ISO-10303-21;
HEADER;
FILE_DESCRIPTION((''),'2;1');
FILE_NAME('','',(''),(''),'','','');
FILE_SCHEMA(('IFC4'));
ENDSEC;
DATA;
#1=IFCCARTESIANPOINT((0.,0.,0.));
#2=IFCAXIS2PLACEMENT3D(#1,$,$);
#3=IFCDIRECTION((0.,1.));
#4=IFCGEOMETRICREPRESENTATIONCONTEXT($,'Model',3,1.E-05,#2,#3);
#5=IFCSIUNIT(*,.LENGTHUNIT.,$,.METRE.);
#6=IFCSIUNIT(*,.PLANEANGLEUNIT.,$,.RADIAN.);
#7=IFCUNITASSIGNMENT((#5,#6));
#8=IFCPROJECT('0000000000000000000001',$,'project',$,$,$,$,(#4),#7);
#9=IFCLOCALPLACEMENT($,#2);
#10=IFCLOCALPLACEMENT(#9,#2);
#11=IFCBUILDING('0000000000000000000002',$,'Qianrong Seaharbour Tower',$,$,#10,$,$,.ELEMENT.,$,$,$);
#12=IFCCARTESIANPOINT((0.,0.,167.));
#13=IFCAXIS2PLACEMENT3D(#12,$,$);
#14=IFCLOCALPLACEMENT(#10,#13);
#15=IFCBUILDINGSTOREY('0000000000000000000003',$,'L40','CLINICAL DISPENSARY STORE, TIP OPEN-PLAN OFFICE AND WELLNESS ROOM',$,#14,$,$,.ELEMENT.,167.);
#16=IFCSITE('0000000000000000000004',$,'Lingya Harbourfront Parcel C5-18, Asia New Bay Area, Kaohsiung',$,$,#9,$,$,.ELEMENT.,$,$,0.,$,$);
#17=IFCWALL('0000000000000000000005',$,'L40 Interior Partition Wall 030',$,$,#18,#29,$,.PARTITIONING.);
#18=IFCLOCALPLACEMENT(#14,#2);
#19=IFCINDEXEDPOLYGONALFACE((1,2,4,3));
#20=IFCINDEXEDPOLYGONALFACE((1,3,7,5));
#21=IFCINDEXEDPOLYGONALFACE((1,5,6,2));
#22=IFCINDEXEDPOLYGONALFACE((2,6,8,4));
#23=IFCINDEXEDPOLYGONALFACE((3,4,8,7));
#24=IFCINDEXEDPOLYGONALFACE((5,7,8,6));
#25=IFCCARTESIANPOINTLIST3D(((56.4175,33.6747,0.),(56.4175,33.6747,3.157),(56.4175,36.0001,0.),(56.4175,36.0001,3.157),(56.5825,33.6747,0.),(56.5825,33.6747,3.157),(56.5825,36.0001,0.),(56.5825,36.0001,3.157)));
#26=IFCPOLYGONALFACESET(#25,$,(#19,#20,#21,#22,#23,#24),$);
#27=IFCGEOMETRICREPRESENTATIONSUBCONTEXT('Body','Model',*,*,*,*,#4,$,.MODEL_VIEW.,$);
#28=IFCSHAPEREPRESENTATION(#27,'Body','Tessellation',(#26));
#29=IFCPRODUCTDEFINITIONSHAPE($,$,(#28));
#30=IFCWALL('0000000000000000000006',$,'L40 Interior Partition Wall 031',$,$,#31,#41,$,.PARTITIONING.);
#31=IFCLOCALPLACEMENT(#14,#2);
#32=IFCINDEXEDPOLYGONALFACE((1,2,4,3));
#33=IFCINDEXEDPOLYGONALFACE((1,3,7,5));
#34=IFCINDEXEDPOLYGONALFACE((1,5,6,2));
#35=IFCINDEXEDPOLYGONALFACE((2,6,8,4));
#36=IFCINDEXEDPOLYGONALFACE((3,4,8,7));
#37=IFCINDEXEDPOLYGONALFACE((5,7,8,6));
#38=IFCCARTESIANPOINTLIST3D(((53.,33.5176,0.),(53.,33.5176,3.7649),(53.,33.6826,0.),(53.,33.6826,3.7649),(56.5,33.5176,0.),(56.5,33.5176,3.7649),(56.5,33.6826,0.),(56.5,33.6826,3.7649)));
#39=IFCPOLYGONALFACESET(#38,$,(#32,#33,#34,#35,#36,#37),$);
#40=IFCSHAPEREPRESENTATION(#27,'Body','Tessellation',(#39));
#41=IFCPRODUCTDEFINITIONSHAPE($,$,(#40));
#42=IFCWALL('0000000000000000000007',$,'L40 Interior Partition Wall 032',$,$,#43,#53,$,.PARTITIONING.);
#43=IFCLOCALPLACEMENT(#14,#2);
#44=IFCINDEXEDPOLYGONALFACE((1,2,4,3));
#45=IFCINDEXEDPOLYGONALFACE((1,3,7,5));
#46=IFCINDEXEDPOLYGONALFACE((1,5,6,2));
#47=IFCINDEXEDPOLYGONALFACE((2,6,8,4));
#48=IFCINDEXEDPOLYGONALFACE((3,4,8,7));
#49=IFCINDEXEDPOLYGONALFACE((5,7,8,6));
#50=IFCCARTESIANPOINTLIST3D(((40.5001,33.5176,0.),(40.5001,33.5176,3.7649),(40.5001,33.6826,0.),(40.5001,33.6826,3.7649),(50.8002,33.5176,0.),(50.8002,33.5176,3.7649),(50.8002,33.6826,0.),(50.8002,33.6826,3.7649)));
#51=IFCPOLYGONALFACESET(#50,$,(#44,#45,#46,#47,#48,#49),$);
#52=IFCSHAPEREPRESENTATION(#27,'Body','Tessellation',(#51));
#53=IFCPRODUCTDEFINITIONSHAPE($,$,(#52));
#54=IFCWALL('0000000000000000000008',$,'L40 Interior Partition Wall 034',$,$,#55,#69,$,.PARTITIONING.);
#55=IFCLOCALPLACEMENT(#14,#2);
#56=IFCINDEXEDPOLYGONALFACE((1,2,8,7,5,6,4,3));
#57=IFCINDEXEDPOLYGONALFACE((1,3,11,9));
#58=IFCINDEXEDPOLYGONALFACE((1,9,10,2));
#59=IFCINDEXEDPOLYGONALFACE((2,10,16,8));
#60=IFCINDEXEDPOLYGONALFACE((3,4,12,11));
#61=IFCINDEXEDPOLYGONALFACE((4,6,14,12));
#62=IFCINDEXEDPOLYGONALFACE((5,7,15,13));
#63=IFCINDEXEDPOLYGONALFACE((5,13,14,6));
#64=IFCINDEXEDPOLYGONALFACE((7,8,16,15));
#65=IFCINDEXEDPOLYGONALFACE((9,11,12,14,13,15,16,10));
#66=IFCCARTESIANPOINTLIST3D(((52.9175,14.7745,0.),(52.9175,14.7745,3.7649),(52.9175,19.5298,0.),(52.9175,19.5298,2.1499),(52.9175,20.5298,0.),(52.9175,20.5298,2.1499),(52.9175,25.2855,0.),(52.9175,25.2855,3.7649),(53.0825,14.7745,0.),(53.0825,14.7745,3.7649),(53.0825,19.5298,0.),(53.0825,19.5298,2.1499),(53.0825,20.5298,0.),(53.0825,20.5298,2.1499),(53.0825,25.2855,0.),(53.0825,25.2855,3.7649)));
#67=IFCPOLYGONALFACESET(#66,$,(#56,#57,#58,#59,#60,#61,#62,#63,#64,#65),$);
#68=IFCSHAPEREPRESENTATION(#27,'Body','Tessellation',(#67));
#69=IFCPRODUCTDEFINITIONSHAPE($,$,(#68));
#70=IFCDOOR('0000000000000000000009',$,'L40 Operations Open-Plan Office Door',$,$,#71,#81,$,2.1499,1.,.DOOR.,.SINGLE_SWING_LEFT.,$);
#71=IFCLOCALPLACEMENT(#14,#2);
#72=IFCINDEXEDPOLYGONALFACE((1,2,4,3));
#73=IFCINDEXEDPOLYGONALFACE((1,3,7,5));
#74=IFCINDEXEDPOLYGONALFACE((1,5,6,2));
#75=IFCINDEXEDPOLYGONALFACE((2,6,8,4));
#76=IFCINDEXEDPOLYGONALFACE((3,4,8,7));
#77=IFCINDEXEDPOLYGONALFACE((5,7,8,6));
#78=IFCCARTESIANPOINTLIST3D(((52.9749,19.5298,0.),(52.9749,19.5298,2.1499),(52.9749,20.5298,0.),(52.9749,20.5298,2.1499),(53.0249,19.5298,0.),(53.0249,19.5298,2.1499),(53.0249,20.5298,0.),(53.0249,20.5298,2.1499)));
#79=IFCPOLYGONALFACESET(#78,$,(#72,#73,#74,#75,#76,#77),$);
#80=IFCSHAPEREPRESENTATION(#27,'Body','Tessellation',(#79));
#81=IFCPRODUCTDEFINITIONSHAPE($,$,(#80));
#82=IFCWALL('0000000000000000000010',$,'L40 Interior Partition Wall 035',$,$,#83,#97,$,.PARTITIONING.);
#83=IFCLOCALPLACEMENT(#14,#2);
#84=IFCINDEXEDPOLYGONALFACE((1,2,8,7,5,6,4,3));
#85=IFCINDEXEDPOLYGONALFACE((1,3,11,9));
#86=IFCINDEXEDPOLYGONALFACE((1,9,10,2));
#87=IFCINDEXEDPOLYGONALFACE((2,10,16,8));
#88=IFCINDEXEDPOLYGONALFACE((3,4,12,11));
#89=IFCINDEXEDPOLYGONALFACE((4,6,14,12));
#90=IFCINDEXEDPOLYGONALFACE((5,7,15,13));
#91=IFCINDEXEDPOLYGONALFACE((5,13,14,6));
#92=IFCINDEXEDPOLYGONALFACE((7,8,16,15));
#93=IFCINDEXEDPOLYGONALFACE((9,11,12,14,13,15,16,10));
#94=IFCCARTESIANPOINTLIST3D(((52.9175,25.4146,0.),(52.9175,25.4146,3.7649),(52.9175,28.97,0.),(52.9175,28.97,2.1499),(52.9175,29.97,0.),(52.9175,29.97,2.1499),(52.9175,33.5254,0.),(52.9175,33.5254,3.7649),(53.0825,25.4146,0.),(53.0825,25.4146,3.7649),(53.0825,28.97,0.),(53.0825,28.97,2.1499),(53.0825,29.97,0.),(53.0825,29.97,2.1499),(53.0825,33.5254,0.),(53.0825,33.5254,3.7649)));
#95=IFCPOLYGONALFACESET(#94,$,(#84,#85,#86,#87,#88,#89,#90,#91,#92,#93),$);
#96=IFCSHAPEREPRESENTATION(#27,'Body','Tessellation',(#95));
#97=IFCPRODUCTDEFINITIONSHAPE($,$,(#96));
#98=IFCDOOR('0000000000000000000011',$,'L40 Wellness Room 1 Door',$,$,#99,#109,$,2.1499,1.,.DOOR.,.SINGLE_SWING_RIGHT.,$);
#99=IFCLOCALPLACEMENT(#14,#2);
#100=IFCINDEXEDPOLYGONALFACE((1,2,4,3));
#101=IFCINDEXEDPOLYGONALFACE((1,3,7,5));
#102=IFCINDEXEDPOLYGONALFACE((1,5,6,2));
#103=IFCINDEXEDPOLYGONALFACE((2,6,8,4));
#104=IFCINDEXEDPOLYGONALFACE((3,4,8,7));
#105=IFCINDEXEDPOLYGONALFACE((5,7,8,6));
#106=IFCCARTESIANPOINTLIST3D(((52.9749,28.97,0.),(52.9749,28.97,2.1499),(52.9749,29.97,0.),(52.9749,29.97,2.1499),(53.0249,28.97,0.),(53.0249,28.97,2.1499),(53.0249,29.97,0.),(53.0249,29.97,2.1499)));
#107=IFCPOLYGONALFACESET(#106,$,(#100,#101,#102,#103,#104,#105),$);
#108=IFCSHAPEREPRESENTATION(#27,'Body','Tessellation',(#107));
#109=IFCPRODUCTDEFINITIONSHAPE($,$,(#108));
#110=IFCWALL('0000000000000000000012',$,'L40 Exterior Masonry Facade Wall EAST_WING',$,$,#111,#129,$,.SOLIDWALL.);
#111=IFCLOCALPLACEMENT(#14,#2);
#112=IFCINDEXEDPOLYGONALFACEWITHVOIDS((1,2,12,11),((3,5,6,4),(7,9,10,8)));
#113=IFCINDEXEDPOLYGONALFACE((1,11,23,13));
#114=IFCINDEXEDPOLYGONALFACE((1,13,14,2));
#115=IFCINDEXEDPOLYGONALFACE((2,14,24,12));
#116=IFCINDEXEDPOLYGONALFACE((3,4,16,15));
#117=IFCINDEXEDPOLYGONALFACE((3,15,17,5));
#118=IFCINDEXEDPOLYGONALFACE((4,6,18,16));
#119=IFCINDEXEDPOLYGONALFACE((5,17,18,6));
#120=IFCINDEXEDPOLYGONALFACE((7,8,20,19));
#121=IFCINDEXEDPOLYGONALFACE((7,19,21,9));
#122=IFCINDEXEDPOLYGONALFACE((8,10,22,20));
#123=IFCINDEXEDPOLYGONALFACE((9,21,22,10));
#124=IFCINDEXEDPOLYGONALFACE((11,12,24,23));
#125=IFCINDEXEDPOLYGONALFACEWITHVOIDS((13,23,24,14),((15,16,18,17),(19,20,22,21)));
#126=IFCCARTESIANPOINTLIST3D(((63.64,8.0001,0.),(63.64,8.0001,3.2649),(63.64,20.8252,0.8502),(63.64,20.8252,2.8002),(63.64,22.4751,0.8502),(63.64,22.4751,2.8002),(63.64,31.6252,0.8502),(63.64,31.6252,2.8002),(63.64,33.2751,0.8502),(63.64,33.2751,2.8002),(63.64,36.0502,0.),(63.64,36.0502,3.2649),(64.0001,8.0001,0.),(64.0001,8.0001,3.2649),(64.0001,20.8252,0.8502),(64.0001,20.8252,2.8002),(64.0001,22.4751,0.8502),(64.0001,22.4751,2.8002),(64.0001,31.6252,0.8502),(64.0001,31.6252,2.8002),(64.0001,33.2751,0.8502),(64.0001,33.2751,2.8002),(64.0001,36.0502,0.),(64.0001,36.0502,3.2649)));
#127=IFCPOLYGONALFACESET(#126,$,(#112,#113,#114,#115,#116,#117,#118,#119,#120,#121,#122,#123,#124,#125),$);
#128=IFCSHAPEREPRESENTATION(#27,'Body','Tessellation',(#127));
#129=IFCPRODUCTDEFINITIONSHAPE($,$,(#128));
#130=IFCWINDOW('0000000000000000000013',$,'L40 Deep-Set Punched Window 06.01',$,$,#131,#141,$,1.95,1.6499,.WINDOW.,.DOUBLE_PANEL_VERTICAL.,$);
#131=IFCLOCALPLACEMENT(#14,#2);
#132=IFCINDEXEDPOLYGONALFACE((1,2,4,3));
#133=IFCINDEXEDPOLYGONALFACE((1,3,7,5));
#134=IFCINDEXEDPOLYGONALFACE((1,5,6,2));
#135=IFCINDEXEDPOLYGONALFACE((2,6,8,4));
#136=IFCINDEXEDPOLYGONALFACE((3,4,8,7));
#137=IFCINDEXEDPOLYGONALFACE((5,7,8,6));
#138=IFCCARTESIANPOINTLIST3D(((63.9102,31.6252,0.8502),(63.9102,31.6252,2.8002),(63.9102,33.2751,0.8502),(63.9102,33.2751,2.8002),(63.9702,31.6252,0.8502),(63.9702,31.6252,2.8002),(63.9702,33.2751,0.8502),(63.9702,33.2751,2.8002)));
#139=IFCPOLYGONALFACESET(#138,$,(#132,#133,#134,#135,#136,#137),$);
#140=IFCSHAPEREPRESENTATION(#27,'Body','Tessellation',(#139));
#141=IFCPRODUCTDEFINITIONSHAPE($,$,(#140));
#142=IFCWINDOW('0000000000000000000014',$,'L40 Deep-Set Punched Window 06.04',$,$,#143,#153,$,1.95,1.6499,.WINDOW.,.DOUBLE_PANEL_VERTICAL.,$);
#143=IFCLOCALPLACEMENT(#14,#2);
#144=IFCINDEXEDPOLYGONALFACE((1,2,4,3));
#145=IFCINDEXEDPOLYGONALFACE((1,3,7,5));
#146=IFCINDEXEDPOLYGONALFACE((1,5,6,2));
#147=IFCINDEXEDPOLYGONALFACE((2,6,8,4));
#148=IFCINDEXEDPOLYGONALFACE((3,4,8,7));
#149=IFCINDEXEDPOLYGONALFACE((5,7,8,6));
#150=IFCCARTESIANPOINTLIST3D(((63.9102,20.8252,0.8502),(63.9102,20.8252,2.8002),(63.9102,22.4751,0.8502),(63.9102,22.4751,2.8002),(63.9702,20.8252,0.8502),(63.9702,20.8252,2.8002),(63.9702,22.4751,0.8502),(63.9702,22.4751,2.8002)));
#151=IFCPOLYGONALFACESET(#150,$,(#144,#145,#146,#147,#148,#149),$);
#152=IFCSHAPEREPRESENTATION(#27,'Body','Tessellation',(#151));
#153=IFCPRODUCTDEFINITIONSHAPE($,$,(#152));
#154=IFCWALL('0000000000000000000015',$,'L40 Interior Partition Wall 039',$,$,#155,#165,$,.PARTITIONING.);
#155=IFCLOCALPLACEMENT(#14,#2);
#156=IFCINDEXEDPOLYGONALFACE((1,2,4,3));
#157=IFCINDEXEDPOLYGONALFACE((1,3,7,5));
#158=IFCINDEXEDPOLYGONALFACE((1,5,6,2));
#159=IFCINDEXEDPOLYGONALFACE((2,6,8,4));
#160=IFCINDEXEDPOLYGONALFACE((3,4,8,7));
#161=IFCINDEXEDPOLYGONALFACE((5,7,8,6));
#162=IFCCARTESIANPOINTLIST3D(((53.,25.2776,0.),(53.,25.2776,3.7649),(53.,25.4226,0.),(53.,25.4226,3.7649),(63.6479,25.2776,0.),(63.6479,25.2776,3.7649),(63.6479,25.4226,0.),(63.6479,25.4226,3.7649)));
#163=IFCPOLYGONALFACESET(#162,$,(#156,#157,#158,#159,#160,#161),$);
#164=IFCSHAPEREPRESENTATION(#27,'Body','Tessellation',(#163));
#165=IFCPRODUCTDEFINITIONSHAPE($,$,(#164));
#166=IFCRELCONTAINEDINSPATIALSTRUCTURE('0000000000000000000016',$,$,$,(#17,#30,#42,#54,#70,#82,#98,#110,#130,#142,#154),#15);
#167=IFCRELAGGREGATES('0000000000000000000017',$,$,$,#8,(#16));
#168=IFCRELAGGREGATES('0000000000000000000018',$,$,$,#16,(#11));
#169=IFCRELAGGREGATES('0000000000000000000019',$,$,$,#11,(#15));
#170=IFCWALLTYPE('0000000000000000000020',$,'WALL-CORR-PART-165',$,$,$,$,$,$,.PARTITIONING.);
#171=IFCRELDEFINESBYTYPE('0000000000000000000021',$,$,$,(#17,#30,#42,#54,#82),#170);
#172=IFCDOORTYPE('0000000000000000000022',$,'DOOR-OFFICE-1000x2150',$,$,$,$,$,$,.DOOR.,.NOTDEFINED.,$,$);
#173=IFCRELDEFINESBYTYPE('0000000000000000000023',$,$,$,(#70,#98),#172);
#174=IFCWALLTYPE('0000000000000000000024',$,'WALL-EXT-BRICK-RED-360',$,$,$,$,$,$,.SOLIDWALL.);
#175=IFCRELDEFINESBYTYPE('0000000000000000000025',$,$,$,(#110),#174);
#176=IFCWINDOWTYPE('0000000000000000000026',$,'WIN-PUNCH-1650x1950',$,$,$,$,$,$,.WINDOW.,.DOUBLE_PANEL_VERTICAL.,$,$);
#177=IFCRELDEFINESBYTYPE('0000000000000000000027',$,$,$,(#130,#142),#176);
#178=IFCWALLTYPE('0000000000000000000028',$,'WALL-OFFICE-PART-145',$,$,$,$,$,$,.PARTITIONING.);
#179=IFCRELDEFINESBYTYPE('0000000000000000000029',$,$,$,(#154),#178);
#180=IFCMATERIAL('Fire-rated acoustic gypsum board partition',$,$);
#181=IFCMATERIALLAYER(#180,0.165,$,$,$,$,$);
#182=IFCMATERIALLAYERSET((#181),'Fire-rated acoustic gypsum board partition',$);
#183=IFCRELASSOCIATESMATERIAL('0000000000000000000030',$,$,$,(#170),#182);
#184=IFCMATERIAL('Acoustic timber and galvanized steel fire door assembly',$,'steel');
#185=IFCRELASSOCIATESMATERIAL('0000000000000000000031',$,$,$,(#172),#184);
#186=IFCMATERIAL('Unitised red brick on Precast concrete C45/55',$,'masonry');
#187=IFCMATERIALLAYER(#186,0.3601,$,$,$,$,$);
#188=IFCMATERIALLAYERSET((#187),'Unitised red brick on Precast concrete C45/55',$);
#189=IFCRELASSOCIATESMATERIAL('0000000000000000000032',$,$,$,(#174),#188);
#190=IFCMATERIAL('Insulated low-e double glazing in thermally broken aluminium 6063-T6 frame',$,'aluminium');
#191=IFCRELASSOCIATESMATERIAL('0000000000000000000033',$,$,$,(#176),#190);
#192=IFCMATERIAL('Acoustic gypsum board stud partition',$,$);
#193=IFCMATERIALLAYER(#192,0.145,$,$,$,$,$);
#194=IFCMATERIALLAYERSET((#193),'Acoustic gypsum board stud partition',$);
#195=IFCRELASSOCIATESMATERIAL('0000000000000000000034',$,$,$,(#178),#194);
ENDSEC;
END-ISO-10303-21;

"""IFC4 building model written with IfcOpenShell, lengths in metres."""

from ifc_helpers import new_model, si_unit, direction, frame, frame_2d, origin, place, context, subcontext, project, spatial, rectangle, extrude, material, layer, layer_set, type_object, element, fill, save


model = new_model("IFC4")

# Units and contexts
model_context = context("Model", 3, precision=1e-05, world=origin(), true_north=direction((0.0, 1.0)))
body_context = subcontext(model_context, "Body", "Model", "MODEL_VIEW")
ifc_project = project(units=[si_unit("LENGTHUNIT", "METRE"), si_unit("PLANEANGLEUNIT", "RADIAN")], contexts=[model_context])

# Site, building, storey
site_placement = place(None, origin())
site = spatial("IfcSite", under=ifc_project, at=site_placement, Name="Lingya Harbourfront Parcel C5-18, Asia New Bay Area, Kaohsiung", CompositionType="ELEMENT", RefElevation=0.0)
building_placement = place(site_placement, origin())
building = spatial("IfcBuilding", under=site, at=building_placement, Name="Qianrong Seaharbour Tower", CompositionType="ELEMENT")
storey_placement = place(building_placement, frame((0.0, 0.0, 167.0)))
storey = spatial("IfcBuildingStorey", under=building, at=storey_placement, Name="L40", Description="CLINICAL DISPENSARY STORE, TIP OPEN-PLAN OFFICE AND WELLNESS ROOM", CompositionType="ELEMENT", Elevation=167.0)

# Walls
ifc_material_1 = material(Name="Fire-rated acoustic gypsum board partition")
ifc_layer_1 = layer(ifc_material_1, 0.165)
ifc_layer_set_1 = layer_set([ifc_layer_1], Name="Fire-rated acoustic gypsum board partition")
wall_type_1 = type_object("IfcWallType", Name="WALL-CORR-PART-165", PredefinedType="PARTITIONING", material=ifc_layer_set_1)
wall_1_placement = place(storey_placement, frame((56.5, 36.0, 0.0), z_axis=(0.0, 0.0, 1.0), x_axis=(0.0, -1.0, 0.0)))
element("IfcWall", 1, at=wall_1_placement, inside=storey, type_object=wall_type_1, Name="L40 Interior Partition Wall 030", PredefinedType="PARTITIONING", context=body_context, shape_type="SweptSolid", body=[
    extrude(rectangle(XDim=2.3254, YDim=0.165, at=frame_2d((1.1626, 0.0))), origin(), (0.0, 0.0, 1.0), 3.157),
])
wall_2_placement = place(storey_placement, frame((56.5, 33.6001, 0.0), z_axis=(0.0, 0.0, 1.0), x_axis=(-1.0, 0.0, 0.0)))
element("IfcWall", 2, at=wall_2_placement, inside=storey, type_object=wall_type_1, Name="L40 Interior Partition Wall 031", PredefinedType="PARTITIONING", context=body_context, shape_type="SweptSolid", body=[
    extrude(rectangle(XDim=3.5, YDim=0.165, at=frame_2d((1.75, 0.0))), origin(), (0.0, 0.0, 1.0), 3.7649),
])
wall_3_placement = place(storey_placement, frame((50.8, 33.6001, 0.0), z_axis=(0.0, 0.0, 1.0), x_axis=(-1.0, 0.0, 0.0)))
element("IfcWall", 3, at=wall_3_placement, inside=storey, type_object=wall_type_1, Name="L40 Interior Partition Wall 032", PredefinedType="PARTITIONING", context=body_context, shape_type="SweptSolid", body=[
    extrude(rectangle(XDim=10.3, YDim=0.165, at=frame_2d((5.1499, 0.0))), origin(), (0.0, 0.0, 1.0), 3.7649),
])

# Walls, openings, doors
wall_4_placement = place(storey_placement, frame((53.0, 25.2854, 0.0), z_axis=(0.0, 0.0, 1.0), x_axis=(0.0, -1.0, 0.0)))
wall_4 = element("IfcWall", 4, at=wall_4_placement, inside=storey, type_object=wall_type_1, Name="L40 Interior Partition Wall 034", PredefinedType="PARTITIONING", context=body_context, shape_type="SweptSolid", body=[
    extrude(rectangle(XDim=10.511, YDim=0.165, at=frame_2d((5.2554, 0.0))), origin(), (0.0, 0.0, 1.0), 3.7649),
])
opening_1_placement = place(wall_4_placement, frame((4.7556, 0.0, 0.0)))
opening_1 = element("IfcOpeningElement", 5, at=opening_1_placement, cuts=wall_4, PredefinedType="OPENING", context=body_context, shape_type="SweptSolid", body=[
    extrude(rectangle(XDim=1.0, YDim=2.1499, at=frame_2d((0.5, 1.075))), frame((0.0, 0.0925, 0.0), z_axis=(0.0, -1.0, 0.0), x_axis=(1.0, 0.0, 0.0)), (0.0, 0.0, 1.0), 0.1851),
])
ifc_material_2 = material(Name="Acoustic timber and galvanized steel fire door assembly", Category="steel")
door_type = type_object("IfcDoorType", Name="DOOR-OFFICE-1000x2150", OperationType="NOTDEFINED", PredefinedType="DOOR", material=ifc_material_2)
door_1_placement = place(opening_1_placement, origin())
door_1 = element("IfcDoor", 6, at=door_1_placement, inside=storey, type_object=door_type, Name="L40 Operations Open-Plan Office Door", OperationType="SINGLE_SWING_LEFT", OverallHeight=2.1499, OverallWidth=1.0, PredefinedType="DOOR", context=body_context, shape_type="SweptSolid", body=[
    extrude(rectangle(XDim=1.0, YDim=2.1499, at=frame_2d((0.5, 1.075))), frame((0.0, 0.0249, 0.0), z_axis=(0.0, -1.0, 0.0), x_axis=(1.0, 0.0, 0.0)), (0.0, 0.0, 1.0), 0.05),
])
fill(opening_1, door_1)
wall_5_placement = place(storey_placement, frame((53.0, 33.5254, 0.0), z_axis=(0.0, 0.0, 1.0), x_axis=(0.0, -1.0, 0.0)))
wall_5 = element("IfcWall", 7, at=wall_5_placement, inside=storey, type_object=wall_type_1, Name="L40 Interior Partition Wall 035", PredefinedType="PARTITIONING", context=body_context, shape_type="SweptSolid", body=[
    extrude(rectangle(XDim=8.1108, YDim=0.165, at=frame_2d((4.0554, 0.0))), origin(), (0.0, 0.0, 1.0), 3.7649),
])
opening_2_placement = place(wall_5_placement, frame((3.5554, 0.0, 0.0)))
opening_2 = element("IfcOpeningElement", 8, at=opening_2_placement, cuts=wall_5, PredefinedType="OPENING", context=body_context, shape_type="SweptSolid", body=[
    extrude(rectangle(XDim=1.0, YDim=2.1499, at=frame_2d((0.5, 1.075))), frame((0.0, 0.0925, 0.0), z_axis=(0.0, -1.0, 0.0), x_axis=(1.0, 0.0, 0.0)), (0.0, 0.0, 1.0), 0.1851),
])
door_2_placement = place(opening_2_placement, origin())
door_2 = element("IfcDoor", 9, at=door_2_placement, inside=storey, type_object=door_type, Name="L40 Wellness Room 1 Door", OperationType="SINGLE_SWING_RIGHT", OverallHeight=2.1499, OverallWidth=1.0, PredefinedType="DOOR", context=body_context, shape_type="SweptSolid", body=[
    extrude(rectangle(XDim=1.0, YDim=2.1499, at=frame_2d((0.5, 1.075))), frame((0.0, 0.0249, 0.0), z_axis=(0.0, -1.0, 0.0), x_axis=(1.0, 0.0, 0.0)), (0.0, 0.0, 1.0), 0.05),
])
fill(opening_2, door_2)

# Wall, openings, windows
ifc_material_3 = material(Name="Unitised red brick on Precast concrete C45/55", Category="masonry")
ifc_layer_2 = layer(ifc_material_3, 0.3601)
ifc_layer_set_2 = layer_set([ifc_layer_2], Name="Unitised red brick on Precast concrete C45/55")
wall_type_2 = type_object("IfcWallType", Name="WALL-EXT-BRICK-RED-360", PredefinedType="SOLIDWALL", material=ifc_layer_set_2)
wall_6_placement = place(storey_placement, frame((63.8201, 36.05, 0.0), z_axis=(0.0, 0.0, 1.0), x_axis=(0.0, -1.0, 0.0)))
wall_6 = element("IfcWall", 10, at=wall_6_placement, inside=storey, type_object=wall_type_2, Name="L40 Exterior Masonry Facade Wall EAST_WING", PredefinedType="SOLIDWALL", context=body_context, shape_type="SweptSolid", body=[
    extrude(rectangle(XDim=28.05, YDim=0.3601, at=frame_2d((14.0249, 0.0))), origin(), (0.0, 0.0, 1.0), 3.2649),
])
opening_3_placement = place(wall_6_placement, frame((2.7749, 0.0, 0.8501)))
opening_3 = element("IfcOpeningElement", 11, at=opening_3_placement, cuts=wall_6, PredefinedType="OPENING", context=body_context, shape_type="SweptSolid", body=[
    extrude(rectangle(XDim=1.6499, YDim=1.95, at=frame_2d((0.825, 0.9751))), frame((0.0, 0.1899, 0.0), z_axis=(0.0, -1.0, 0.0), x_axis=(1.0, 0.0, 0.0)), (0.0, 0.0, 1.0), 0.3801),
])
opening_4_placement = place(wall_6_placement, frame((13.575, 0.0, 0.8501)))
opening_4 = element("IfcOpeningElement", 12, at=opening_4_placement, cuts=wall_6, PredefinedType="OPENING", context=body_context, shape_type="SweptSolid", body=[
    extrude(rectangle(XDim=1.6499, YDim=1.95, at=frame_2d((0.825, 0.9751))), frame((0.0, 0.1899, 0.0), z_axis=(0.0, -1.0, 0.0), x_axis=(1.0, 0.0, 0.0)), (0.0, 0.0, 1.0), 0.3801),
])
ifc_material_4 = material(Name="Insulated low-e double glazing in thermally broken aluminium 6063-T6 frame", Category="aluminium")
window_type = type_object("IfcWindowType", Name="WIN-PUNCH-1650x1950", PartitioningType="DOUBLE_PANEL_VERTICAL", PredefinedType="WINDOW", material=ifc_material_4)
window_1_placement = place(opening_3_placement, origin())
window_1 = element("IfcWindow", 13, at=window_1_placement, inside=storey, type_object=window_type, Name="L40 Deep-Set Punched Window 06.01", OverallHeight=1.95, OverallWidth=1.6499, PartitioningType="DOUBLE_PANEL_VERTICAL", PredefinedType="WINDOW", context=body_context, shape_type="SweptSolid", body=[
    extrude(rectangle(XDim=1.6499, YDim=1.95, at=frame_2d((0.825, 0.9751))), frame((0.0, 0.1501, 0.0), z_axis=(0.0, -1.0, 0.0), x_axis=(1.0, 0.0, 0.0)), (0.0, 0.0, 1.0), 0.0601),
])
fill(opening_3, window_1)
window_2_placement = place(opening_4_placement, origin())
window_2 = element("IfcWindow", 14, at=window_2_placement, inside=storey, type_object=window_type, Name="L40 Deep-Set Punched Window 06.04", OverallHeight=1.95, OverallWidth=1.6499, PartitioningType="DOUBLE_PANEL_VERTICAL", PredefinedType="WINDOW", context=body_context, shape_type="SweptSolid", body=[
    extrude(rectangle(XDim=1.6499, YDim=1.95, at=frame_2d((0.825, 0.9751))), frame((0.0, 0.1501, 0.0), z_axis=(0.0, -1.0, 0.0), x_axis=(1.0, 0.0, 0.0)), (0.0, 0.0, 1.0), 0.0601),
])
fill(opening_4, window_2)

# Wall
ifc_material_5 = material(Name="Acoustic gypsum board stud partition")
ifc_layer_3 = layer(ifc_material_5, 0.145)
ifc_layer_set_3 = layer_set([ifc_layer_3], Name="Acoustic gypsum board stud partition")
wall_type_3 = type_object("IfcWallType", Name="WALL-OFFICE-PART-145", PredefinedType="PARTITIONING", material=ifc_layer_set_3)
wall_7_placement = place(storey_placement, frame((53.0, 25.3501, 0.0), z_axis=(0.0, 0.0, 1.0), x_axis=(1.0, 0.0, 0.0)))
element("IfcWall", 15, at=wall_7_placement, inside=storey, type_object=wall_type_3, Name="L40 Interior Partition Wall 039", PredefinedType="PARTITIONING", context=body_context, shape_type="SweptSolid", body=[
    extrude(rectangle(XDim=10.6479, YDim=0.145, at=frame_2d((5.324, 0.0))), origin(), (0.0, 0.0, 1.0), 3.7649),
])

save(model, "model.ifc")
